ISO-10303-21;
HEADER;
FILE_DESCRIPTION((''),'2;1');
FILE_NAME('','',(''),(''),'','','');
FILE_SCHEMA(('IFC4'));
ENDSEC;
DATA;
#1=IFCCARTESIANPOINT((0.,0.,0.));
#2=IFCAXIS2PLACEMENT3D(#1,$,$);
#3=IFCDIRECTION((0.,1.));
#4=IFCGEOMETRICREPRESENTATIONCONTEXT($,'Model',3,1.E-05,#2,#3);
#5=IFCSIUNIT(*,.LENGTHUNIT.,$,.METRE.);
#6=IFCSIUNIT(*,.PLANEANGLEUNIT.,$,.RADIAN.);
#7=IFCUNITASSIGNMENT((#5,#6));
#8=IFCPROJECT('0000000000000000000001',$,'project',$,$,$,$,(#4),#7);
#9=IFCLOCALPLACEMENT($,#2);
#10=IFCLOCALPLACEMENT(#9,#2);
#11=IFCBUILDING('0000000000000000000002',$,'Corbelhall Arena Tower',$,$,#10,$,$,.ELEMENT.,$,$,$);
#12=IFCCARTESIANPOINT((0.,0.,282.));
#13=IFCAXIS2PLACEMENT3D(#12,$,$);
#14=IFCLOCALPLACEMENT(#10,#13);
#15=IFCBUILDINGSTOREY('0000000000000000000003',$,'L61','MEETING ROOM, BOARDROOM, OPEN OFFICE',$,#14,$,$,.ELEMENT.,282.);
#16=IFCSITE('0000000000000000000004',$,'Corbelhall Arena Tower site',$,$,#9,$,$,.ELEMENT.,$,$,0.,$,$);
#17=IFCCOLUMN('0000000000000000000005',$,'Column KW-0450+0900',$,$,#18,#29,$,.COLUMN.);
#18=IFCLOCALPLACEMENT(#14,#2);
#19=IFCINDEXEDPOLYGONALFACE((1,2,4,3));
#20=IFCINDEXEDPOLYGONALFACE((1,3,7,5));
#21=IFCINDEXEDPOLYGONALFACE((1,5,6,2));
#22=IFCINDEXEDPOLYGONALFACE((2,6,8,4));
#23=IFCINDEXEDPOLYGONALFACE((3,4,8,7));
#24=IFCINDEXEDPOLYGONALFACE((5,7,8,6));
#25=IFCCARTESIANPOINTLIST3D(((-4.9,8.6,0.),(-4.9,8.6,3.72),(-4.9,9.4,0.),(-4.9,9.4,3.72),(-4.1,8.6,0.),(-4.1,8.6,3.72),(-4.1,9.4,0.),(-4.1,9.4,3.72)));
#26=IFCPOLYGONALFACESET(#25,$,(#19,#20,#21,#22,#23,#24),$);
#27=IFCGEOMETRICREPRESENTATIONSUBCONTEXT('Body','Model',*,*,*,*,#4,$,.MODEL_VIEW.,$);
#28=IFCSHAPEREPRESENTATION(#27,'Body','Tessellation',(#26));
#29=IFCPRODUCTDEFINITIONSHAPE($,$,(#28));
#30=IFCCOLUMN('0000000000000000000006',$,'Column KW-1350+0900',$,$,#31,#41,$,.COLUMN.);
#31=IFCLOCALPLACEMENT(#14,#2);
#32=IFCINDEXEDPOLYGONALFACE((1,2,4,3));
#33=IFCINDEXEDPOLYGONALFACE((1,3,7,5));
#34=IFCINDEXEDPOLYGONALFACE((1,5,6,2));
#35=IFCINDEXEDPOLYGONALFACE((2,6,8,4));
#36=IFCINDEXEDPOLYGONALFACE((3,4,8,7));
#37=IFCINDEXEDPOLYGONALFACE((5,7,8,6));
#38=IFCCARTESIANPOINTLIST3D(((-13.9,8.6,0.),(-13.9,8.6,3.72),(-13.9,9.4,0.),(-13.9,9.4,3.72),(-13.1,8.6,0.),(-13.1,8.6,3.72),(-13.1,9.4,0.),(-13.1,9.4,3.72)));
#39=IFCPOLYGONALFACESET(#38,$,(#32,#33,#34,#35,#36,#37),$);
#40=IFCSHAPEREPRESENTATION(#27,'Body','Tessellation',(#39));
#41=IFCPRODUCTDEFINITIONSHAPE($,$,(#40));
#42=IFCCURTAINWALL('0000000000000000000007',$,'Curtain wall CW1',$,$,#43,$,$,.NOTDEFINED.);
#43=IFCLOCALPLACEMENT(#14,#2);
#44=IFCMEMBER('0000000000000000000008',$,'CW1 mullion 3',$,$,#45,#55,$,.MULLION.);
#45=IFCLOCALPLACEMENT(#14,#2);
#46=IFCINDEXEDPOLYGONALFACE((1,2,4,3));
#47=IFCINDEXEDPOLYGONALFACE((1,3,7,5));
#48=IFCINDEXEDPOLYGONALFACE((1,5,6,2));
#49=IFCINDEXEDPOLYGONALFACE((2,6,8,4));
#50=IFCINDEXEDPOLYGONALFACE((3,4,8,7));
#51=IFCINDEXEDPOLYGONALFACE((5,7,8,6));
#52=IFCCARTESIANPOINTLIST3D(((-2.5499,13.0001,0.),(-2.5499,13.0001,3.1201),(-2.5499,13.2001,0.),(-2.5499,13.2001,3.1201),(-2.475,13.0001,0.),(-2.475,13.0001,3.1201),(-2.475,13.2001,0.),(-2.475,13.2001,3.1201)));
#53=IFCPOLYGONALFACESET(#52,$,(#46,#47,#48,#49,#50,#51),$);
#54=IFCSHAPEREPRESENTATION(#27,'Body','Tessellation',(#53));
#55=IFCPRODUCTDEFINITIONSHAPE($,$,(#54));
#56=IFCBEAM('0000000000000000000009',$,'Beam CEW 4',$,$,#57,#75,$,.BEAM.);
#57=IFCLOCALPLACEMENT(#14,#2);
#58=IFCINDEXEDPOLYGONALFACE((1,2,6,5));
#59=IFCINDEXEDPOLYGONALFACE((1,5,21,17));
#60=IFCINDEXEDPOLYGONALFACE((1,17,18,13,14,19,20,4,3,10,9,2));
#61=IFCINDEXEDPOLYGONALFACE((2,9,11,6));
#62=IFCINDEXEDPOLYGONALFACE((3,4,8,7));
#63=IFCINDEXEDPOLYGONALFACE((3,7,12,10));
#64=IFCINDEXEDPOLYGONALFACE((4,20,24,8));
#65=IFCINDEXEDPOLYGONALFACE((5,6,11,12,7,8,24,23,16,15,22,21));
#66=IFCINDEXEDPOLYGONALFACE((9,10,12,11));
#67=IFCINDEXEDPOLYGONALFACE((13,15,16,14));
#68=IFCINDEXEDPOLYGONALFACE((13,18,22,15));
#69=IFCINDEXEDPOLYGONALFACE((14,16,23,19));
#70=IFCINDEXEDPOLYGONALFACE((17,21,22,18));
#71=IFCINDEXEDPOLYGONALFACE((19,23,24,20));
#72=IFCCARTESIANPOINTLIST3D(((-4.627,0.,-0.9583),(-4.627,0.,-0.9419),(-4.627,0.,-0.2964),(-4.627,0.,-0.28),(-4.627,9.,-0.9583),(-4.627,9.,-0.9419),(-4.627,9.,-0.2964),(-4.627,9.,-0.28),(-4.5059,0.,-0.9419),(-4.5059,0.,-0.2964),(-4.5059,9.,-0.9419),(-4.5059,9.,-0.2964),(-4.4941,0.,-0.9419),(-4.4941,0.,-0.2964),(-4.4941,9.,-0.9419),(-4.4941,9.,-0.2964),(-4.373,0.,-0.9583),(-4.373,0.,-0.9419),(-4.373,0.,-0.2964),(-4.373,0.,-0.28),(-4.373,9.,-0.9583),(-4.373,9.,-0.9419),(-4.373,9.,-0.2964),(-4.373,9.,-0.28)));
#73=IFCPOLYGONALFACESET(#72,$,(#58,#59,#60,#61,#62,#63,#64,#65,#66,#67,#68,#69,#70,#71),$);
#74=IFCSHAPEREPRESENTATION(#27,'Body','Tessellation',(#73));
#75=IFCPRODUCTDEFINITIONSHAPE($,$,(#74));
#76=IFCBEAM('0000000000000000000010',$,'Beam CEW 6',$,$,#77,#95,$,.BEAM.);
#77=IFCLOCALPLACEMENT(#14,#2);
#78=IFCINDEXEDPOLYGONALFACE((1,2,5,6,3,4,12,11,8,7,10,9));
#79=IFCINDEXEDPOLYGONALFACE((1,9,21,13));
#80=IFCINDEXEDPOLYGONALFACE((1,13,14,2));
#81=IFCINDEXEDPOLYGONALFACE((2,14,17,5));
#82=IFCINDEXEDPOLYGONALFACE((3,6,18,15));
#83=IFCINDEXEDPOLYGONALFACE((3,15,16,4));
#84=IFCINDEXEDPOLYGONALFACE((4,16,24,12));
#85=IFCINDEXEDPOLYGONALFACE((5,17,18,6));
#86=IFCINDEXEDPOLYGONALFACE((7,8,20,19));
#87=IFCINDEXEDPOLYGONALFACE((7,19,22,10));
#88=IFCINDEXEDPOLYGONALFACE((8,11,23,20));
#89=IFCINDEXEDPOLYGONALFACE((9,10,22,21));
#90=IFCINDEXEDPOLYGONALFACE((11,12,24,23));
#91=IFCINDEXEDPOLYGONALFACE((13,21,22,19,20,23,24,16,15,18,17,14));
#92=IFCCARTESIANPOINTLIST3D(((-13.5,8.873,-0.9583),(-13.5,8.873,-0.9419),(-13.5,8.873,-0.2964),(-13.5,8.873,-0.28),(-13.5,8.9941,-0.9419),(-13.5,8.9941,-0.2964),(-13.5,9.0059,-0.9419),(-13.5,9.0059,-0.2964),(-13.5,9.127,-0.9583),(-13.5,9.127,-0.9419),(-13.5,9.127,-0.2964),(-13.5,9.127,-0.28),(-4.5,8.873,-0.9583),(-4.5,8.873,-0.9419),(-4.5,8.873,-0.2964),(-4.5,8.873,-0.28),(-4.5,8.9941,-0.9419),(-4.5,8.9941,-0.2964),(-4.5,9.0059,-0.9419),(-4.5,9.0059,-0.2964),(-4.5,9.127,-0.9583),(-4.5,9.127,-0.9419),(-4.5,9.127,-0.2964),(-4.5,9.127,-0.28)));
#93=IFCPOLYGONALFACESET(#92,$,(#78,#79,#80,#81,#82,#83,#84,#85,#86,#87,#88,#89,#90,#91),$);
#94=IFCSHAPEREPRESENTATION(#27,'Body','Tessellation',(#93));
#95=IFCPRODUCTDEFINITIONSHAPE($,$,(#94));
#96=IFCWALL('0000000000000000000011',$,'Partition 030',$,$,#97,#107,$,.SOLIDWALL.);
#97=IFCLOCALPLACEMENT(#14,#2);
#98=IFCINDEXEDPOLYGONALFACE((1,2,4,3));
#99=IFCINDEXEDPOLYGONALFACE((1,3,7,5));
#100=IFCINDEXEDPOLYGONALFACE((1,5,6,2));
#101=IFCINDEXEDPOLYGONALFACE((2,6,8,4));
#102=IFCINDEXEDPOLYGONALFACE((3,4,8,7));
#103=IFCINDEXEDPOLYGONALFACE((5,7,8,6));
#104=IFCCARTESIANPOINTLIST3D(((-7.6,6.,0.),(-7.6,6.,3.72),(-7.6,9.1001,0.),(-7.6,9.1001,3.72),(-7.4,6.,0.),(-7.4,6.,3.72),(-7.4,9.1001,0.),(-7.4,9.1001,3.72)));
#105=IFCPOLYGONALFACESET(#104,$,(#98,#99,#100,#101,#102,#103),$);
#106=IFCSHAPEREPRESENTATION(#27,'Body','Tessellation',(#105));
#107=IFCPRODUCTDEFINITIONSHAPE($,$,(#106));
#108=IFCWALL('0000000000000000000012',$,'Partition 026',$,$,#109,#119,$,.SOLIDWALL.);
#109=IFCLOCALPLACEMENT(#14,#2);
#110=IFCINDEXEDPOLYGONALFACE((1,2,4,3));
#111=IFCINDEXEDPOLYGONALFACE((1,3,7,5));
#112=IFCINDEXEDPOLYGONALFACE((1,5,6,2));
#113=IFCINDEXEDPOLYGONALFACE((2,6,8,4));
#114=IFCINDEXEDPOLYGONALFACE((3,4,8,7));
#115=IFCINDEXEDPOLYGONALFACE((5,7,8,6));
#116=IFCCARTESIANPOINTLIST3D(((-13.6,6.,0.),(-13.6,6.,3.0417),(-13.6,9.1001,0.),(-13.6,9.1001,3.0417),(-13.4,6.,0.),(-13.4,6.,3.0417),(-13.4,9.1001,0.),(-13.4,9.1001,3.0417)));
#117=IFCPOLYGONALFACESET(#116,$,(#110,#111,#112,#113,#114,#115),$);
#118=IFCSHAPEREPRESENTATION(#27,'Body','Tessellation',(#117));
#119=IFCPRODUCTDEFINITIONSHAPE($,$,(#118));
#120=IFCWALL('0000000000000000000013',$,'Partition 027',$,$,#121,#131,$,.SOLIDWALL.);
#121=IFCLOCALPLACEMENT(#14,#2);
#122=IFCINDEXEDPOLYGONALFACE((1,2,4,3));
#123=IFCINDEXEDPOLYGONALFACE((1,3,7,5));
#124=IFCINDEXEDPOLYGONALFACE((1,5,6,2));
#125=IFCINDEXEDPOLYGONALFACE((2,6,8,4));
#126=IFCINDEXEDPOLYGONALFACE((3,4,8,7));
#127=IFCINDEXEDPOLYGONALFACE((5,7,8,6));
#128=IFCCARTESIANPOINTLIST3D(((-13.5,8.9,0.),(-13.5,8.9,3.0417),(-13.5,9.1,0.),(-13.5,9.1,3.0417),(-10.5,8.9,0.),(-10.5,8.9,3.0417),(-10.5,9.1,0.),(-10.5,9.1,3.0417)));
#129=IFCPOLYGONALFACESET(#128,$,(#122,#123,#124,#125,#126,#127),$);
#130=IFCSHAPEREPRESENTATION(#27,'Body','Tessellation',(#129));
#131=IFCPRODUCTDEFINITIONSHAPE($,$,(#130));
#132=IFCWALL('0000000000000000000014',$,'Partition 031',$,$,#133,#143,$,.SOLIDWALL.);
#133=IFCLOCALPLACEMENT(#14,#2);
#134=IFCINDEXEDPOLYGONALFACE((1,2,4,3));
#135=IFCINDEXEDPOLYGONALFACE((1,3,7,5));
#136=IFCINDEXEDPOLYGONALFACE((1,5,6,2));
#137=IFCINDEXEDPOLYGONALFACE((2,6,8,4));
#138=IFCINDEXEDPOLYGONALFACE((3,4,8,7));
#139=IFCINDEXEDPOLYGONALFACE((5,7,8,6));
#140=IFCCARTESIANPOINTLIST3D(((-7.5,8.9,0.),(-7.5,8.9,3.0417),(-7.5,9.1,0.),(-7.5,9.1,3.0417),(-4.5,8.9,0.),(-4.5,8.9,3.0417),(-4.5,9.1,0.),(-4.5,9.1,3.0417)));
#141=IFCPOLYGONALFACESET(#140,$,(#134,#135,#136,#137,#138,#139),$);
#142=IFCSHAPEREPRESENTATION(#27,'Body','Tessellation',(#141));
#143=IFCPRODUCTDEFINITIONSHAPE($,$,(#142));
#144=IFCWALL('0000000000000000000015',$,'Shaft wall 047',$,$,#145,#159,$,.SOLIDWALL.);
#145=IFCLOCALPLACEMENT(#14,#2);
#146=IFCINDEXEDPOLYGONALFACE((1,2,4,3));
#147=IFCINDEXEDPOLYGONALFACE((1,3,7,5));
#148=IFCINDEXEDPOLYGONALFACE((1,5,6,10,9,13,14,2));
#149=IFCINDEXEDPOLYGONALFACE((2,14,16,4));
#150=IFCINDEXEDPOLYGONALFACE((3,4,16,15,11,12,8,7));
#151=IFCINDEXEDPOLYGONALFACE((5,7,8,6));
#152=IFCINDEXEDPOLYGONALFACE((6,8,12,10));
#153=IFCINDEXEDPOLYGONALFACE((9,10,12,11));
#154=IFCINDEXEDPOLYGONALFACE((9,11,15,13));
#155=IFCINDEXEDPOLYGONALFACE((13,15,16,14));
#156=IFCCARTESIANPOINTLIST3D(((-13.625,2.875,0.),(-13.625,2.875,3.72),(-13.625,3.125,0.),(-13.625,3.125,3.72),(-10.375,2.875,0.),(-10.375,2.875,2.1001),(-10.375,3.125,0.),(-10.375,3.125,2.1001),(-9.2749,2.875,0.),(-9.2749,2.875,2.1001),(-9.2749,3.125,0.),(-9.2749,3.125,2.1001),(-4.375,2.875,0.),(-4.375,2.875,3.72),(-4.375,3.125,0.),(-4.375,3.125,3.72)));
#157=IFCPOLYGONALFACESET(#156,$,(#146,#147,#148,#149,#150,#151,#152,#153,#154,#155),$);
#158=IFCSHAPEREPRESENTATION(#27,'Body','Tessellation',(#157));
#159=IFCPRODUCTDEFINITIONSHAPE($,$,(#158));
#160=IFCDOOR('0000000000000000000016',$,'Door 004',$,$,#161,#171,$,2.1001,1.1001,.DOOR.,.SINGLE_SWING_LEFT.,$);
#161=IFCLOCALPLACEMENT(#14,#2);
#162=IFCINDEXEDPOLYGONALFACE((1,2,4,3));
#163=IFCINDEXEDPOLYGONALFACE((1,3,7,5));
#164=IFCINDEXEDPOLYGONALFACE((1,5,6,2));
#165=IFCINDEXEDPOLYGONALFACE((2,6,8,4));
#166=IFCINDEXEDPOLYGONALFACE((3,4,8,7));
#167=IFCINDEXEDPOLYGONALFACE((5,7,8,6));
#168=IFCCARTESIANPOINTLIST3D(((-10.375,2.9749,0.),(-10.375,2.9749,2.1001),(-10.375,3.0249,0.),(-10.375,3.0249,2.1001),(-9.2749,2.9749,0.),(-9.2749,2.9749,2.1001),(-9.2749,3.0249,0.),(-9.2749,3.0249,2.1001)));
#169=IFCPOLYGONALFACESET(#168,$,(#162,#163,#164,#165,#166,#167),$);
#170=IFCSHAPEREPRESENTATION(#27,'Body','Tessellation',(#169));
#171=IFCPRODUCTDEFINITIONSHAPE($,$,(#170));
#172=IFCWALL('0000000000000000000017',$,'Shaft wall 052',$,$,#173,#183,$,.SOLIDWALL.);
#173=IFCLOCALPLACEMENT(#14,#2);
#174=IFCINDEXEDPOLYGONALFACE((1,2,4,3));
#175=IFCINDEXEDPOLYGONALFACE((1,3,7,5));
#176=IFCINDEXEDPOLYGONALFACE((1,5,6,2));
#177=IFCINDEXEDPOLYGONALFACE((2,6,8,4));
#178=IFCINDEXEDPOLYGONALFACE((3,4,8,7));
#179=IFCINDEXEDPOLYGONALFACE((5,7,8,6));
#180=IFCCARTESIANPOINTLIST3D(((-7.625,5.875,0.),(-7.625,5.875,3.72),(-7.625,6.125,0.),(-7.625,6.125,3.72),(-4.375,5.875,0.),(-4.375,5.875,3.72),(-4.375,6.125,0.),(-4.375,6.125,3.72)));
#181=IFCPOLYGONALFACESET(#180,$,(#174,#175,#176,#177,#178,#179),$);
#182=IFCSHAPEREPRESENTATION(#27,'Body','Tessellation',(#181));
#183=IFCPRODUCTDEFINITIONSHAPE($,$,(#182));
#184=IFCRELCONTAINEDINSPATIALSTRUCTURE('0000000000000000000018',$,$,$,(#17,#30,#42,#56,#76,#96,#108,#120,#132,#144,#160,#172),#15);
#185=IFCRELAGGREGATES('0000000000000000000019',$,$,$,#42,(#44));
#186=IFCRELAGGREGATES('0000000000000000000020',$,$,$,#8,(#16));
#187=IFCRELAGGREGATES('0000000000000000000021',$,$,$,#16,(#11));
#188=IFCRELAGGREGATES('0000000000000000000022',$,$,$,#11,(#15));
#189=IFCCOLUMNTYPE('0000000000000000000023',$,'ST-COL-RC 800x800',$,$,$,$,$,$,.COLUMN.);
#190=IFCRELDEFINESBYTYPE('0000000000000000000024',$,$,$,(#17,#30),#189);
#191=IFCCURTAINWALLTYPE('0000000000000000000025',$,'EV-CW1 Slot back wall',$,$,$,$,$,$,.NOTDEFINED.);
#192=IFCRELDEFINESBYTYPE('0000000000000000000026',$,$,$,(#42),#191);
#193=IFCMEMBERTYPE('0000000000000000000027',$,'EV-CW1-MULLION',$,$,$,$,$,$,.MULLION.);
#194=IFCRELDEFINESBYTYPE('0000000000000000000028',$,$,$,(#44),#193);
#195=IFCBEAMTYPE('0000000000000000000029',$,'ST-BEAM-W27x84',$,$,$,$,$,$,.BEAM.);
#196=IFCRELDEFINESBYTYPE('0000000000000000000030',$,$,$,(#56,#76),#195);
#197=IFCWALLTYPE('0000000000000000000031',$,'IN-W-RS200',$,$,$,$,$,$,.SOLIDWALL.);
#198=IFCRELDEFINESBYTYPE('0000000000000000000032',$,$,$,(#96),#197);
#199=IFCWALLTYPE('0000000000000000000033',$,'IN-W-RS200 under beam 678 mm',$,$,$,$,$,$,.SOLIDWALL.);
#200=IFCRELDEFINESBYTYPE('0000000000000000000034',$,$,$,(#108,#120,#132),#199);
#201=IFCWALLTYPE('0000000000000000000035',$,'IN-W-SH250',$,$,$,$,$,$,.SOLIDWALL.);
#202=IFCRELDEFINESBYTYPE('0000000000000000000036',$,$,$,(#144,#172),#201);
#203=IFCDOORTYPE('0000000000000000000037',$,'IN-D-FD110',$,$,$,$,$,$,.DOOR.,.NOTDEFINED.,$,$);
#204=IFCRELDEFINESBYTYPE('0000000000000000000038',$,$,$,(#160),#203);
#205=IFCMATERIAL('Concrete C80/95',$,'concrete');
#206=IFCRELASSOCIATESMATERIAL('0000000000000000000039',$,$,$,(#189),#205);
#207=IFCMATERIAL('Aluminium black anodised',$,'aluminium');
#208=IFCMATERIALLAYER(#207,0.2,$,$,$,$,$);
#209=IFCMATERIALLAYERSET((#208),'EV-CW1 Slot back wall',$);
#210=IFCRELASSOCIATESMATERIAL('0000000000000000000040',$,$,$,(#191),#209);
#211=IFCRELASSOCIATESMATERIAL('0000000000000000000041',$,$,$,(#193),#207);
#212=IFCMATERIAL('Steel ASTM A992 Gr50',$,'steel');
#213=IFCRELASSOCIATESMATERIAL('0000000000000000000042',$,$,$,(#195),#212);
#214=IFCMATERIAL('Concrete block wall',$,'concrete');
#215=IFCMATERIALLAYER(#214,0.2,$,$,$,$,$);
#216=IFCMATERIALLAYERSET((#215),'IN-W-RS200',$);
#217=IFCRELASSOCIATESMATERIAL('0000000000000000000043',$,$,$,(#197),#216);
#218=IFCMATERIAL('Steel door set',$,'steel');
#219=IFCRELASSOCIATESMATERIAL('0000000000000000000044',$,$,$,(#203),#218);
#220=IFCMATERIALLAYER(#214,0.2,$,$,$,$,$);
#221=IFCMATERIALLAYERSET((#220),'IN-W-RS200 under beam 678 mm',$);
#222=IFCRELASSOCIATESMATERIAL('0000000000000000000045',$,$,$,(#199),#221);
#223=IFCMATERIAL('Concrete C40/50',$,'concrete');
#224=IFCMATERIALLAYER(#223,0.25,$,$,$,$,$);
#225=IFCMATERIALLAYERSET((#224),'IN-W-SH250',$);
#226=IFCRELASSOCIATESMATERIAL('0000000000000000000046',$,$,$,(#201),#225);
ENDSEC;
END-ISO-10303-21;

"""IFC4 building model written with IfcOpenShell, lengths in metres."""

from ifc_helpers import new_model, si_unit, direction, frame, frame_2d, origin, origin_2d, place, context, subcontext, project, spatial, rectangle, i_section, extrude, material, layer, layer_set, material_profile, profile_set, type_object, element, fill, aggregate, save


model = new_model("IFC4")

# Units and contexts
model_context = context("Model", 3, precision=1e-05, world=origin(), true_north=direction((0.0, 1.0)))
body_context = subcontext(model_context, "Body", "Model", "MODEL_VIEW")
ifc_project = project(units=[si_unit("LENGTHUNIT", "METRE"), si_unit("PLANEANGLEUNIT", "RADIAN")], contexts=[model_context])

# Site, building, storey
site_placement = place(None, origin())
site = spatial("IfcSite", under=ifc_project, at=site_placement, Name="Corbelhall Arena Tower site", CompositionType="ELEMENT", RefElevation=0.0)
building_placement = place(site_placement, origin())
building = spatial("IfcBuilding", under=site, at=building_placement, Name="Corbelhall Arena Tower", CompositionType="ELEMENT")
storey_placement = place(building_placement, frame((0.0, 0.0, 282.0)))
storey = spatial("IfcBuildingStorey", under=building, at=storey_placement, Name="L61", Description="MEETING ROOM, BOARDROOM, OPEN OFFICE", CompositionType="ELEMENT", Elevation=282.0)

# Columns
ifc_material_1 = material(Name="Concrete C80/95", Category="concrete")
ifc_material_profile_1 = material_profile(ifc_material_1, rectangle(XDim=0.8, YDim=0.8, at=origin_2d()))
ifc_profile_set_1 = profile_set([ifc_material_profile_1], Name="Concrete C80/95")
column_type = type_object("IfcColumnType", Name="ST-COL-RC 800x800", PredefinedType="COLUMN", material=ifc_profile_set_1)
for number, where, z_axis, x_axis, name in (
    (1, (-4.5, 9.0, 0.0), (0.0, 0.0, 1.0), (1.0, 0.0, 0.0), "Column KW-0450+0900"),
    (2, (-13.5, 9.0, 0.0), (0.0, 0.0, 1.0), (1.0, 0.0, 0.0), "Column KW-1350+0900"),
):
    element("IfcColumn", number, at=place(storey_placement, frame(where, z_axis=z_axis, x_axis=x_axis)), inside=storey, type_object=column_type, Name=name, PredefinedType="COLUMN", context=body_context, shape_type="SweptSolid", body=[
        extrude(rectangle(XDim=0.8, YDim=0.8, at=origin_2d()), origin(), (0.0, 0.0, 1.0), 3.72),
    ])

# Curtain wall, member
ifc_material_2 = material(Name="Aluminium black anodised", Category="aluminium")
ifc_layer_1 = layer(ifc_material_2, 0.2)
ifc_layer_set_1 = layer_set([ifc_layer_1], Name="EV-CW1 Slot back wall")
curtain_wall_type = type_object("IfcCurtainWallType", Name="EV-CW1 Slot back wall", PredefinedType="NOTDEFINED", material=ifc_layer_set_1)
curtain_wall_placement = place(storey_placement, origin())
curtain_wall = element("IfcCurtainWall", 3, at=curtain_wall_placement, inside=storey, type_object=curtain_wall_type, Name="Curtain wall CW1", PredefinedType="NOTDEFINED")
ifc_material_profile_2 = material_profile(ifc_material_2, rectangle(XDim=0.2, YDim=0.075, at=origin_2d()))
ifc_profile_set_2 = profile_set([ifc_material_profile_2], Name="Aluminium black anodised")
member_type = type_object("IfcMemberType", Name="EV-CW1-MULLION", PredefinedType="MULLION", material=ifc_profile_set_2)
member_placement = place(storey_placement, frame((-2.5125, 13.1001, 0.0), z_axis=(0.0, 0.0, 1.0), x_axis=(0.0, -1.0, 0.0)))
member = element("IfcMember", 4, at=member_placement, type_object=member_type, Name="CW1 mullion 3", PredefinedType="MULLION", context=body_context, shape_type="SweptSolid", body=[
    extrude(rectangle(XDim=0.2, YDim=0.075, at=origin_2d()), origin(), (0.0, 0.0, 1.0), 3.1201),
])
aggregate(curtain_wall, [member])

# Beams
ifc_material_3 = material(Name="Steel ASTM A992 Gr50", Category="steel")
ifc_material_profile_3 = material_profile(ifc_material_3, i_section(OverallWidth=0.2539, OverallDepth=0.6782, WebThickness=0.0117, FlangeThickness=0.0164, at=origin_2d()))
ifc_profile_set_3 = profile_set([ifc_material_profile_3], Name="Steel ASTM A992 Gr50")
beam_type = type_object("IfcBeamType", Name="ST-BEAM-W27x84", PredefinedType="BEAM", material=ifc_profile_set_3)
for number, where, z_axis, x_axis, name in (
    (5, (-4.5, 0.0, -0.6191), (0.0, 1.0, 0.0), (-1.0, 0.0, 0.0), "Beam CEW 4"),
    (6, (-13.5, 9.0, -0.6191), (1.0, 0.0, 0.0), (0.0, 1.0, 0.0), "Beam CEW 6"),
):
    element("IfcBeam", number, at=place(storey_placement, frame(where, z_axis=z_axis, x_axis=x_axis)), inside=storey, type_object=beam_type, Name=name, PredefinedType="BEAM", context=body_context, shape_type="SweptSolid", body=[
        extrude(i_section(OverallWidth=0.2539, OverallDepth=0.6782, WebThickness=0.0117, FlangeThickness=0.0164, at=origin_2d()), origin(), (0.0, 0.0, 1.0), 9.0),
    ])

# Shared definitions
ifc_material_4 = material(Name="Concrete block wall", Category="concrete")
ifc_layer_2 = layer(ifc_material_4, 0.2)
ifc_layer_set_2 = layer_set([ifc_layer_2], Name="IN-W-RS200")
wall_type_1 = type_object("IfcWallType", Name="IN-W-RS200", PredefinedType="SOLIDWALL", material=ifc_layer_set_2)
ifc_material_5 = material(Name="Steel door set", Category="steel")
door_type_1 = type_object("IfcDoorType", Name="IN-D-FD110", OperationType="NOTDEFINED", PredefinedType="DOOR", material=ifc_material_5)

# Walls
wall_1_placement = place(storey_placement, frame((-7.5, 6.0, 0.0), z_axis=(0.0, 0.0, 1.0), x_axis=(0.0, 1.0, 0.0)))
element("IfcWall", 7, at=wall_1_placement, inside=storey, type_object=wall_type_1, Name="Partition 030", PredefinedType="SOLIDWALL", context=body_context, shape_type="SweptSolid", body=[
    extrude(rectangle(XDim=3.1001, YDim=0.2, at=frame_2d((1.55, 0.0))), origin(), (0.0, 0.0, 1.0), 3.72),
])
ifc_layer_3 = layer(ifc_material_4, 0.2)
ifc_layer_set_3 = layer_set([ifc_layer_3], Name="IN-W-RS200 under beam 678 mm")
wall_type_2 = type_object("IfcWallType", Name="IN-W-RS200 under beam 678 mm", PredefinedType="SOLIDWALL", material=ifc_layer_set_3)
wall_2_placement = place(storey_placement, frame((-13.5, 6.0, 0.0), z_axis=(0.0, 0.0, 1.0), x_axis=(0.0, 1.0, 0.0)))
element("IfcWall", 8, at=wall_2_placement, inside=storey, type_object=wall_type_2, Name="Partition 026", PredefinedType="SOLIDWALL", context=body_context, shape_type="SweptSolid", body=[
    extrude(rectangle(XDim=3.1001, YDim=0.2, at=frame_2d((1.55, 0.0))), origin(), (0.0, 0.0, 1.0), 3.0417),
])
for number, where, z_axis, x_axis, name in (
    (9, (-13.5, 9.0, 0.0), (0.0, 0.0, 1.0), (1.0, 0.0, 0.0), "Partition 027"),
    (10, (-7.5, 9.0, 0.0), (0.0, 0.0, 1.0), (1.0, 0.0, 0.0), "Partition 031"),
):
    element("IfcWall", number, at=place(storey_placement, frame(where, z_axis=z_axis, x_axis=x_axis)), inside=storey, type_object=wall_type_2, Name=name, PredefinedType="SOLIDWALL", context=body_context, shape_type="SweptSolid", body=[
        extrude(rectangle(XDim=3.0, YDim=0.2, at=frame_2d((1.5, 0.0))), origin(), (0.0, 0.0, 1.0), 3.0417),
    ])

# Wall, opening, door
ifc_material_6 = material(Name="Concrete C40/50", Category="concrete")
ifc_layer_4 = layer(ifc_material_6, 0.25)
ifc_layer_set_4 = layer_set([ifc_layer_4], Name="IN-W-SH250")
wall_type_3 = type_object("IfcWallType", Name="IN-W-SH250", PredefinedType="SOLIDWALL", material=ifc_layer_set_4)
wall_3_placement = place(storey_placement, frame((-13.625, 3.0, 0.0), z_axis=(0.0, 0.0, 1.0), x_axis=(1.0, 0.0, 0.0)))
wall_3 = element("IfcWall", 11, at=wall_3_placement, inside=storey, type_object=wall_type_3, Name="Shaft wall 047", PredefinedType="SOLIDWALL", context=body_context, shape_type="SweptSolid", body=[
    extrude(rectangle(XDim=9.25, YDim=0.25, at=frame_2d((4.625, 0.0))), origin(), (0.0, 0.0, 1.0), 3.72),
])
opening_1_placement = place(wall_3_placement, frame((3.25, 0.0, 0.0)))
opening_1 = element("IfcOpeningElement", 12, at=opening_1_placement, cuts=wall_3, PredefinedType="OPENING", context=body_context, shape_type="SweptSolid", body=[
    extrude(rectangle(XDim=1.1001, YDim=2.1001, at=frame_2d((0.55, 1.05))), frame((0.0, 0.125, 0.0), z_axis=(0.0, -1.0, 0.0), x_axis=(1.0, 0.0, 0.0)), (0.0, 0.0, 1.0), 0.25),
])
door_1_placement = place(opening_1_placement, origin())
door_1 = element("IfcDoor", 13, at=door_1_placement, inside=storey, type_object=door_type_1, Name="Door 004", OperationType="SINGLE_SWING_LEFT", OverallHeight=2.1001, OverallWidth=1.1001, PredefinedType="DOOR", context=body_context, shape_type="SweptSolid", body=[
    extrude(rectangle(XDim=1.1001, YDim=2.1001, at=frame_2d((0.55, 1.05))), frame((0.0, 0.0249, 0.0), z_axis=(0.0, -1.0, 0.0), x_axis=(1.0, 0.0, 0.0)), (0.0, 0.0, 1.0), 0.05),
])
fill(opening_1, door_1)

# Wall
wall_4_placement = place(storey_placement, frame((-7.625, 6.0, 0.0), z_axis=(0.0, 0.0, 1.0), x_axis=(1.0, 0.0, 0.0)))
element("IfcWall", 14, at=wall_4_placement, inside=storey, type_object=wall_type_3, Name="Shaft wall 052", PredefinedType="SOLIDWALL", context=body_context, shape_type="SweptSolid", body=[
    extrude(rectangle(XDim=3.25, YDim=0.25, at=frame_2d((1.625, 0.0))), origin(), (0.0, 0.0, 1.0), 3.72),
])

save(model, "model.ifc")
